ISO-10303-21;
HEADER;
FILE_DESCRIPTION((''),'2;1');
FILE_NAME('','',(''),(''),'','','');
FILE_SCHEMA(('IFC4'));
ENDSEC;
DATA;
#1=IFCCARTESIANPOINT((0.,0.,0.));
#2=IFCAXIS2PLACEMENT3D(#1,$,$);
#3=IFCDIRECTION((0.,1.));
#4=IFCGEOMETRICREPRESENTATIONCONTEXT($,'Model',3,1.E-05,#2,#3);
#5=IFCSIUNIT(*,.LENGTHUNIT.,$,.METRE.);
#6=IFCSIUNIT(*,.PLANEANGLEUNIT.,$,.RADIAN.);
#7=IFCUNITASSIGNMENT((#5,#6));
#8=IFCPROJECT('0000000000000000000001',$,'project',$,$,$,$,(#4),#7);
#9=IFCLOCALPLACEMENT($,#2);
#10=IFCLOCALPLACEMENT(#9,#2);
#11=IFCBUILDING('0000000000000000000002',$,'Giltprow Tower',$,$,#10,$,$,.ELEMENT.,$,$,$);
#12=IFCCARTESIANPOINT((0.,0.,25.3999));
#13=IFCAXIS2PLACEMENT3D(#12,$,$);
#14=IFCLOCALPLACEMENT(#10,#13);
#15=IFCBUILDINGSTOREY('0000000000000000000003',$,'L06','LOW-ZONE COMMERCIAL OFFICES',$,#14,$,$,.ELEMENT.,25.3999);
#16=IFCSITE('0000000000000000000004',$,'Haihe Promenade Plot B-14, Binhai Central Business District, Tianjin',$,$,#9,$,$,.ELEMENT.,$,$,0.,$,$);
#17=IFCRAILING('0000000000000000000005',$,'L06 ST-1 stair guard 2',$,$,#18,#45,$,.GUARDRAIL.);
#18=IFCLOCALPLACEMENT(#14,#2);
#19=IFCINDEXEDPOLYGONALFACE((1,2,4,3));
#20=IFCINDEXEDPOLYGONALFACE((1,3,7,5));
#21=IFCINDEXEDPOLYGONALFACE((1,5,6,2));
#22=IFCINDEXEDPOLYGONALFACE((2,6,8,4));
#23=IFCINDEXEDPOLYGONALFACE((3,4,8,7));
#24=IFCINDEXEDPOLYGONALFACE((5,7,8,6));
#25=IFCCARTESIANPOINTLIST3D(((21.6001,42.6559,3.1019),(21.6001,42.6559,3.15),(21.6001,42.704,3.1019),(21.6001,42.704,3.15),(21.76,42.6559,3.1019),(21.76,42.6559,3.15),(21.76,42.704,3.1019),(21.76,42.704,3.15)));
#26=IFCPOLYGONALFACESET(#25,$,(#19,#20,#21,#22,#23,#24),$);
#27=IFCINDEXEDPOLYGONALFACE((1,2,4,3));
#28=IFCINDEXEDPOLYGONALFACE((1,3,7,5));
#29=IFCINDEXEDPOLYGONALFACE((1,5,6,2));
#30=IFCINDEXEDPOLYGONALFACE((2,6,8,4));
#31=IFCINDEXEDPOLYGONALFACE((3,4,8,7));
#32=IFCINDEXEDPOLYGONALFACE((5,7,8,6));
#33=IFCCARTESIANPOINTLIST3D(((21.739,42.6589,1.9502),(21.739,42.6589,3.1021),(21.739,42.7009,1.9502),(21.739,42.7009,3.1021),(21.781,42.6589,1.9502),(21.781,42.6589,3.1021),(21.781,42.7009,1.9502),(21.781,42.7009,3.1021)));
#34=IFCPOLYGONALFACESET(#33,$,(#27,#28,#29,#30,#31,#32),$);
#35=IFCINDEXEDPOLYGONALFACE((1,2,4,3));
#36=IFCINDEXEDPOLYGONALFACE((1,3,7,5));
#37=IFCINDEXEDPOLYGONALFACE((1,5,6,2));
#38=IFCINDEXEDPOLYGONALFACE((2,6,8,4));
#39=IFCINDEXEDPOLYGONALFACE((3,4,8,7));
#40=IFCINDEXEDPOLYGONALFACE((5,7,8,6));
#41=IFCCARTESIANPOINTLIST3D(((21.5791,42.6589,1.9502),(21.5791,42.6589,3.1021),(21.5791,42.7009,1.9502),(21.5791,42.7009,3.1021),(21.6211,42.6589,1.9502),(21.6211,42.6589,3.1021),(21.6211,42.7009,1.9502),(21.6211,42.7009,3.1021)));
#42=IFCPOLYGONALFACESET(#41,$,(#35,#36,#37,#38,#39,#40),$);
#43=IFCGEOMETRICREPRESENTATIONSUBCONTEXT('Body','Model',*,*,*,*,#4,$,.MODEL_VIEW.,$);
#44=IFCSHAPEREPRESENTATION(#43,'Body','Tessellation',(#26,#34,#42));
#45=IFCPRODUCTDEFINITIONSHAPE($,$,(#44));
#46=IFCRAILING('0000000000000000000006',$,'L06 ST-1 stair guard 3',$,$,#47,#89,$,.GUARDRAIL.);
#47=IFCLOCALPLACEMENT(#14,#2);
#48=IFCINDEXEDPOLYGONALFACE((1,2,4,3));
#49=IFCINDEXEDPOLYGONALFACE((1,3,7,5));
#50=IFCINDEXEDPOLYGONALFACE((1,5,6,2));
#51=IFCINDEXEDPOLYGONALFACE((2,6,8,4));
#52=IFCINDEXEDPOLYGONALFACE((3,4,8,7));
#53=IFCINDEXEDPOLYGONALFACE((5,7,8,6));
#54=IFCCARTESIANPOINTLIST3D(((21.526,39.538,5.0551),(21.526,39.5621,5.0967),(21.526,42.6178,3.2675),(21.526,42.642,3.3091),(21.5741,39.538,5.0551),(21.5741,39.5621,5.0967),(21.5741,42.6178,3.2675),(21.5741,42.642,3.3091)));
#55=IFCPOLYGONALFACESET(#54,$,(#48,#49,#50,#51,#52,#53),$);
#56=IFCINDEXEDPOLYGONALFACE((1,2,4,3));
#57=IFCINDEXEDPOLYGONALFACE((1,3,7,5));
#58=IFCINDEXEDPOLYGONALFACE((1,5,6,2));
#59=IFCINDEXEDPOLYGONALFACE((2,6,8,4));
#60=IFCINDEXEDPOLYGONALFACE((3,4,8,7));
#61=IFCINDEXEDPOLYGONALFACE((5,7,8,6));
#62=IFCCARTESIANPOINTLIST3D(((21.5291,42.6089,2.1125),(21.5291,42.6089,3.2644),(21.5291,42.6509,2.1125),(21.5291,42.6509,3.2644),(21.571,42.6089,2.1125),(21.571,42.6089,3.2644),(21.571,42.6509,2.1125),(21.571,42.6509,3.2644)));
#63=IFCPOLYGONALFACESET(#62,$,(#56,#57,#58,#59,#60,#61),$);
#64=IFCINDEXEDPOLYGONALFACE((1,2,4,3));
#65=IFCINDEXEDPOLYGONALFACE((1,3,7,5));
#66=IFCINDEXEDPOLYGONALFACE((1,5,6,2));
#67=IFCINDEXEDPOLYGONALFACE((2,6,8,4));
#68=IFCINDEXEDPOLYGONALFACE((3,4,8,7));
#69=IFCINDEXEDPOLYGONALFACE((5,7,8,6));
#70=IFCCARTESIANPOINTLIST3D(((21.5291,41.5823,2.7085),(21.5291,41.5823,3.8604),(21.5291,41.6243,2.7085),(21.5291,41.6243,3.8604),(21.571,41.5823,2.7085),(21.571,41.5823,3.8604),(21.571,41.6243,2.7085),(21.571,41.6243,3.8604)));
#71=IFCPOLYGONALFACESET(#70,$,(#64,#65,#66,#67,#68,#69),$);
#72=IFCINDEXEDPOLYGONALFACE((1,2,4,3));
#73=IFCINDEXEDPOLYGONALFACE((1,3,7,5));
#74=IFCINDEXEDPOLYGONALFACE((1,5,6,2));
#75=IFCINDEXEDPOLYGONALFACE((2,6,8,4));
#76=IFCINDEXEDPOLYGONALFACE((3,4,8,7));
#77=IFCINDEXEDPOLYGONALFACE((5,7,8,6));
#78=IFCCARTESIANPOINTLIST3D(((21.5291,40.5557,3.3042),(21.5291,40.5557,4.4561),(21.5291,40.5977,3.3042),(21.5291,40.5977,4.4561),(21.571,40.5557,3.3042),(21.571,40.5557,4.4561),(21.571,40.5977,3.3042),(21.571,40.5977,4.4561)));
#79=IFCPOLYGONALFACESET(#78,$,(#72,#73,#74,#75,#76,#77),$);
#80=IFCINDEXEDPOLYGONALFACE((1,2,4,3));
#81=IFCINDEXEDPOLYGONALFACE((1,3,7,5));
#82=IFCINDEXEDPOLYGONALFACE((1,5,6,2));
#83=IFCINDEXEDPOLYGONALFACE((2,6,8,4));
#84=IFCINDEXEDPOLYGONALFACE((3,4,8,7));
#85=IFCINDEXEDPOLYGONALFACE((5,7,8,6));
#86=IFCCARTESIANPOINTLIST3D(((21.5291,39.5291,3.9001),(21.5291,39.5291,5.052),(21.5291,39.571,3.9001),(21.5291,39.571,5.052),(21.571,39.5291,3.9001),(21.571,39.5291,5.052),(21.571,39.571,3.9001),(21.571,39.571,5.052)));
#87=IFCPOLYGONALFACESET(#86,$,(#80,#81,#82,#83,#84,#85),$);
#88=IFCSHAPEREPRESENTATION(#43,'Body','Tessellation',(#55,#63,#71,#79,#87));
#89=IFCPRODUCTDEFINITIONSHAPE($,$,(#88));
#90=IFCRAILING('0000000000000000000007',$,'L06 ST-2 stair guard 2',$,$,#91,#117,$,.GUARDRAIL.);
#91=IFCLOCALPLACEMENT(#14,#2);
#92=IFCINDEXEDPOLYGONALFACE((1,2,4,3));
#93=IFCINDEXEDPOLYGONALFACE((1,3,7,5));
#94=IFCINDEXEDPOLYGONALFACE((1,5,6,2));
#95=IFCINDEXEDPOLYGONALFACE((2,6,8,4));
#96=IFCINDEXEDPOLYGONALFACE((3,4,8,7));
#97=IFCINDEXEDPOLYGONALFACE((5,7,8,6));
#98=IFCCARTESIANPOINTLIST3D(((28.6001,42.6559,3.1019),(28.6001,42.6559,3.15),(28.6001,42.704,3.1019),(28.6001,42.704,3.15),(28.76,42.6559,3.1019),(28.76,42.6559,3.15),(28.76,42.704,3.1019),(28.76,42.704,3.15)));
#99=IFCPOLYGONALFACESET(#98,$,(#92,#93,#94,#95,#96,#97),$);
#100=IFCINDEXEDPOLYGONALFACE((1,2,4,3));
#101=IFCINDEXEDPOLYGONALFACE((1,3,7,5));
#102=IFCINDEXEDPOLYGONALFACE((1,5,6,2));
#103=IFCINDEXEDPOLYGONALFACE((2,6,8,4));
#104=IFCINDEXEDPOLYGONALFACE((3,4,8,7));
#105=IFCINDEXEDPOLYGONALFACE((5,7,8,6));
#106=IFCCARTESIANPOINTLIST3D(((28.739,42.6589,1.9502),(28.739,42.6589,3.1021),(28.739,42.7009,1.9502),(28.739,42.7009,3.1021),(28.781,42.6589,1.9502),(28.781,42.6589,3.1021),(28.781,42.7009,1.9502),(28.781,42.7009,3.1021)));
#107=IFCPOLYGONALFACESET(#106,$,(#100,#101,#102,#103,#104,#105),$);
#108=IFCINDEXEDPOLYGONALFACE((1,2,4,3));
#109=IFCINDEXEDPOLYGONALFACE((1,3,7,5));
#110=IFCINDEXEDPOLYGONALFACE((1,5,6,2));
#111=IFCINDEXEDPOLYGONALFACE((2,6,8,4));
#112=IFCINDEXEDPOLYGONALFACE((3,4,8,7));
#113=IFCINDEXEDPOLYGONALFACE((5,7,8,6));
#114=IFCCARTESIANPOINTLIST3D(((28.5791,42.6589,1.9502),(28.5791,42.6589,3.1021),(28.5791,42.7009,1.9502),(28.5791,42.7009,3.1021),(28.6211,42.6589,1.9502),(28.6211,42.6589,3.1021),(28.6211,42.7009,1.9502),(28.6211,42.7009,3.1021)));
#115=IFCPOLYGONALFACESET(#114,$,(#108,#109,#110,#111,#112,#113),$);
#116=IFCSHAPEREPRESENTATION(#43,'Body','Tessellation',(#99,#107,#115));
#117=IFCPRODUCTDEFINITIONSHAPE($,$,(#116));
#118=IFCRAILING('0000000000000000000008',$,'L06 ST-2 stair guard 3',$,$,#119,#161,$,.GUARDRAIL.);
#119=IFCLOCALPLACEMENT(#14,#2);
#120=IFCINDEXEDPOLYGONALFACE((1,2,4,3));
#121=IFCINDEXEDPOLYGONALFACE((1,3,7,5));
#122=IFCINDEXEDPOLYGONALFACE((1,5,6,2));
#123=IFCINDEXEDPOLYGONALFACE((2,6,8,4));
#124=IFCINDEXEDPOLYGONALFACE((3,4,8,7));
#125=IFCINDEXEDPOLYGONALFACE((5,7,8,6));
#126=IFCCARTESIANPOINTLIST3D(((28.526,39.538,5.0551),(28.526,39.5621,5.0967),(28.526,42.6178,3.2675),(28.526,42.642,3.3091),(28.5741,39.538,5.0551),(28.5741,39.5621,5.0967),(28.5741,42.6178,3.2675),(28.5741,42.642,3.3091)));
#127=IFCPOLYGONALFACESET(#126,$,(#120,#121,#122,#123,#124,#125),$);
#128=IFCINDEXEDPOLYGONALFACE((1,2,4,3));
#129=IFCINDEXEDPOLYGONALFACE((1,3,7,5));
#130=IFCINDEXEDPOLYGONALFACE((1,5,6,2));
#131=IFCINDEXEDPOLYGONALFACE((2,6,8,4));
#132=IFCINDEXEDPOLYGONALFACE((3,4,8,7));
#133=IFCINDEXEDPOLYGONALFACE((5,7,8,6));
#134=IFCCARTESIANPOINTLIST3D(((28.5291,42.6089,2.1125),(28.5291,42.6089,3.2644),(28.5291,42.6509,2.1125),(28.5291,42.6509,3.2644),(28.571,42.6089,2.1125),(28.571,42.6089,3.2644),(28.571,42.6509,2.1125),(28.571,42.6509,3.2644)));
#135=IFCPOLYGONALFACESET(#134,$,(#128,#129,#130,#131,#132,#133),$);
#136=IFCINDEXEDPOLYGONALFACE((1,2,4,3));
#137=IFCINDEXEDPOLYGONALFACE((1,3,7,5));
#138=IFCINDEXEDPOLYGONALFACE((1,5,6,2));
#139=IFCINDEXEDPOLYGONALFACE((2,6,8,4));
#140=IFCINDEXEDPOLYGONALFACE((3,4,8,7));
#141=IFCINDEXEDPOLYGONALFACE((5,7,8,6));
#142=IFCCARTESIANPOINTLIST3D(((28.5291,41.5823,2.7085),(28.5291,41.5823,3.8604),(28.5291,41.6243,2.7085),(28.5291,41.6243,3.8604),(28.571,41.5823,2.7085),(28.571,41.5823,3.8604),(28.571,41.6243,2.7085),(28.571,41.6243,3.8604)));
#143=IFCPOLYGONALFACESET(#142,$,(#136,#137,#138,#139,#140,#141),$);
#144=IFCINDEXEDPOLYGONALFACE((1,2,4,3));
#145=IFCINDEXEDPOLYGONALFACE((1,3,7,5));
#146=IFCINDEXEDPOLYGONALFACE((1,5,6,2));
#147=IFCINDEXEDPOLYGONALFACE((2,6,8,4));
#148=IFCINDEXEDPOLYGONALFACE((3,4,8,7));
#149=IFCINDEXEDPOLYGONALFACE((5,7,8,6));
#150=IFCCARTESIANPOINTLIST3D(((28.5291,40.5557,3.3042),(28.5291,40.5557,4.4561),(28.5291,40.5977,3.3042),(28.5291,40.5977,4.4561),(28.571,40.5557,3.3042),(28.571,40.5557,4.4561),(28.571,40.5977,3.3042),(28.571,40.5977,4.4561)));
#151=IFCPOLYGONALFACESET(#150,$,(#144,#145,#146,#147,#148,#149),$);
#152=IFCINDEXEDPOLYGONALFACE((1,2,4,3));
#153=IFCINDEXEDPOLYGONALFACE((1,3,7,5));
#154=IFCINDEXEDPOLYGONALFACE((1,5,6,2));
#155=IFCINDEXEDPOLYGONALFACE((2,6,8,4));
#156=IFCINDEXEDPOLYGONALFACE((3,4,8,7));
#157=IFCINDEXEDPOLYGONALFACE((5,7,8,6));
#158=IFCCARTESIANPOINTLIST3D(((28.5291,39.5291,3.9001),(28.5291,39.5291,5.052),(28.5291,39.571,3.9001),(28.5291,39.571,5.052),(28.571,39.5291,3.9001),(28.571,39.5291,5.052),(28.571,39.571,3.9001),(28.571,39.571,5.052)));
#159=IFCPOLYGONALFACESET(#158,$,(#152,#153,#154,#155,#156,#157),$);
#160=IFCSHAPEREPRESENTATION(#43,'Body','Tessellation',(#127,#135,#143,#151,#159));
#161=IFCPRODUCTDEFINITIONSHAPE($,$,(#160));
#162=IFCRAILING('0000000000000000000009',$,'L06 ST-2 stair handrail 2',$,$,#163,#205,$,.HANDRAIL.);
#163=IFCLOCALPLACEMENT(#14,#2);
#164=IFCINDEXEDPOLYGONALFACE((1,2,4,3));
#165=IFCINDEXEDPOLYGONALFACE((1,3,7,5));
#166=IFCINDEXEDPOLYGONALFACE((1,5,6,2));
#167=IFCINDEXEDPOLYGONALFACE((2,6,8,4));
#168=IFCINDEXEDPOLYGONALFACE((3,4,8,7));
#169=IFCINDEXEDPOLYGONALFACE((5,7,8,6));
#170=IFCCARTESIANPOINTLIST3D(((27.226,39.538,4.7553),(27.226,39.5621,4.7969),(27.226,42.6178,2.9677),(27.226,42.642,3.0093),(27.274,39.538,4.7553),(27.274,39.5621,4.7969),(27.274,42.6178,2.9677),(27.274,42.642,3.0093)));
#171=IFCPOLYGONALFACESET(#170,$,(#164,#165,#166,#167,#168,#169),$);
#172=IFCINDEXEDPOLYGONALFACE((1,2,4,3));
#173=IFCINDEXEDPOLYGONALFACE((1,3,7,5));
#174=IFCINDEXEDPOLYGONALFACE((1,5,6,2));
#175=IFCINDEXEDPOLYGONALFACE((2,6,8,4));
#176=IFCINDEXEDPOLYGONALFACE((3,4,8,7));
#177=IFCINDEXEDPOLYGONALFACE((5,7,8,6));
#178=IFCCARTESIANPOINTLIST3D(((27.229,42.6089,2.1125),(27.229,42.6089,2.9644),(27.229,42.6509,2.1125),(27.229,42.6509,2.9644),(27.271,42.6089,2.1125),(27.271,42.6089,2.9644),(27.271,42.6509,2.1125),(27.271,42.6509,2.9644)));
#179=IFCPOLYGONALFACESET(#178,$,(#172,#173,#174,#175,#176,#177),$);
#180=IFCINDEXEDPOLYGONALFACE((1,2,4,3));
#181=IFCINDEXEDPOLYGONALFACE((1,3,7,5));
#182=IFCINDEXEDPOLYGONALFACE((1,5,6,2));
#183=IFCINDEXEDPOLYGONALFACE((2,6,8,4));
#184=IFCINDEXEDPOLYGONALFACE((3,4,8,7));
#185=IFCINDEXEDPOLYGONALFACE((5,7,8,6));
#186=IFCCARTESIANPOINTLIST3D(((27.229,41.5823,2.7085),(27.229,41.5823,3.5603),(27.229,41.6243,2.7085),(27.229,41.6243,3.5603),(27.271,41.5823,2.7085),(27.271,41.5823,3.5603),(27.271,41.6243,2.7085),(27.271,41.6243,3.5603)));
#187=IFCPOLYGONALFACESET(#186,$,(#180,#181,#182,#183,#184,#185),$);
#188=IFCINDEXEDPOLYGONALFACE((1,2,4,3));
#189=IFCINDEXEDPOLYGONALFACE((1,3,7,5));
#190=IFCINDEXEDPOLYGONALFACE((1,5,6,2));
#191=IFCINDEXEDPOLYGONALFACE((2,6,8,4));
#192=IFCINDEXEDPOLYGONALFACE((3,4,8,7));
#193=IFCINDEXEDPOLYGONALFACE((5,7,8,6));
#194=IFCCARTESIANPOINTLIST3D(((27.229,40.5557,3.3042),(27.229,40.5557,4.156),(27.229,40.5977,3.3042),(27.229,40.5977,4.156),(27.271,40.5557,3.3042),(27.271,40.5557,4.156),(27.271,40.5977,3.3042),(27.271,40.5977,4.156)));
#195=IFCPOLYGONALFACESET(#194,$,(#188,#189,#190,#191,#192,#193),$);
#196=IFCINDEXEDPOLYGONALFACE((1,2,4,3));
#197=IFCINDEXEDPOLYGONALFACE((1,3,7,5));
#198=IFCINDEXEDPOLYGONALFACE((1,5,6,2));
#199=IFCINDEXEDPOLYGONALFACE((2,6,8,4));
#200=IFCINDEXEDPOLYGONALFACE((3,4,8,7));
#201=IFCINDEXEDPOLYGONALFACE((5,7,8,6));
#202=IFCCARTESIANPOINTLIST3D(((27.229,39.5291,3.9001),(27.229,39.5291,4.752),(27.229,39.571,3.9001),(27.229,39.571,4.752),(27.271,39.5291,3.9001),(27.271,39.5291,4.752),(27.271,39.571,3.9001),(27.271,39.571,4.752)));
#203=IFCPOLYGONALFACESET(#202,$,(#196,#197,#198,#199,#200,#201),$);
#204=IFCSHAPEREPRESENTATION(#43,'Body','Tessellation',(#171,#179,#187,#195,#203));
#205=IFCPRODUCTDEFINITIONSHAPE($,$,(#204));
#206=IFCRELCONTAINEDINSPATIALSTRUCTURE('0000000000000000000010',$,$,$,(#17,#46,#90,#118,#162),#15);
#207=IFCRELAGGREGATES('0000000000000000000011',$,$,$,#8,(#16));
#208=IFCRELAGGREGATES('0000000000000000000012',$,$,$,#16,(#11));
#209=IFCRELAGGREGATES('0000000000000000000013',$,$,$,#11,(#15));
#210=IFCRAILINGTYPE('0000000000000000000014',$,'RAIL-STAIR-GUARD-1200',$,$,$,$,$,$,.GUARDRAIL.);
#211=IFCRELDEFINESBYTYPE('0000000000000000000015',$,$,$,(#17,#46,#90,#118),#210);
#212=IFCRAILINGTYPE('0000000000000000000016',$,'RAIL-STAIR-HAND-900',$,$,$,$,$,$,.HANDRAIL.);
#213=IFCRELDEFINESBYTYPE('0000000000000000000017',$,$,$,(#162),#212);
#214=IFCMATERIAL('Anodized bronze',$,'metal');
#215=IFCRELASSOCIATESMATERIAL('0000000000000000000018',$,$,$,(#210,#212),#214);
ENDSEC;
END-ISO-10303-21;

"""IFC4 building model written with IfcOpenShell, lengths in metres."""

from ifc_helpers import new_model, si_unit, direction, frame, origin, origin_2d, place, context, subcontext, project, spatial, rectangle, extrude, material, type_object, element, save


model = new_model("IFC4")

# Units and contexts
model_context = context("Model", 3, precision=1e-05, world=origin(), true_north=direction((0.0, 1.0)))
body_context = subcontext(model_context, "Body", "Model", "MODEL_VIEW")
ifc_project = project(units=[si_unit("LENGTHUNIT", "METRE"), si_unit("PLANEANGLEUNIT", "RADIAN")], contexts=[model_context])

# Site, building, storey
site_placement = place(None, origin())
site = spatial("IfcSite", under=ifc_project, at=site_placement, Name="Haihe Promenade Plot B-14, Binhai Central Business District, Tianjin", CompositionType="ELEMENT", RefElevation=0.0)
building_placement = place(site_placement, origin())
building = spatial("IfcBuilding", under=site, at=building_placement, Name="Giltprow Tower", CompositionType="ELEMENT")
storey_placement = place(building_placement, frame((0.0, 0.0, 25.3999)))
storey = spatial("IfcBuildingStorey", under=building, at=storey_placement, Name="L06", Description="LOW-ZONE COMMERCIAL OFFICES", CompositionType="ELEMENT", Elevation=25.3999)

# Railings
ifc_material_1 = material(Name="Anodized bronze", Category="metal")
railing_type_1 = type_object("IfcRailingType", Name="RAIL-STAIR-GUARD-1200", PredefinedType="GUARDRAIL", material=ifc_material_1)
railing_1_placement = place(storey_placement, frame((21.76, 42.6799, 1.9502)))
element("IfcRailing", 1, at=railing_1_placement, inside=storey, type_object=railing_type_1, Name="L06 ST-1 stair guard 2", PredefinedType="GUARDRAIL", context=body_context, shape_type="SweptSolid", body=[
    extrude(rectangle(XDim=0.0481, YDim=0.0481, at=origin_2d()), frame((0.0, 0.0, 1.1758), z_axis=(-1.0, 0.0, 0.0), x_axis=(0.0, -1.0, 0.0)), (0.0, 0.0, 1.0), 0.1599),
    extrude(rectangle(XDim=0.042, YDim=0.042, at=origin_2d()), origin(), (0.0, 0.0, 1.0), 1.1519),
    extrude(rectangle(XDim=0.042, YDim=0.042, at=origin_2d()), frame((-0.1599, 0.0, 0.0)), (0.0, 0.0, 1.0), 1.1519),
])
railing_2_placement = place(storey_placement, frame((21.55, 42.6299, 2.1125)))
element("IfcRailing", 2, at=railing_2_placement, inside=storey, type_object=railing_type_1, Name="L06 ST-1 stair guard 3", PredefinedType="GUARDRAIL", context=body_context, shape_type="SweptSolid", body=[
    extrude(rectangle(XDim=0.0481, YDim=0.0481, at=origin_2d()), frame((0.0, 0.0, 1.1758), z_axis=(0.0, -0.864873, 0.50199), x_axis=(1.0, 0.0, 0.0)), (0.0, 0.0, 1.0), 3.561),
    extrude(rectangle(XDim=0.042, YDim=0.042, at=origin_2d()), origin(), (0.0, 0.0, 1.0), 1.1519),
    extrude(rectangle(XDim=0.042, YDim=0.042, at=origin_2d()), frame((0.0, -1.0266, 0.5959)), (0.0, 0.0, 1.0), 1.1519),
    extrude(rectangle(XDim=0.042, YDim=0.042, at=origin_2d()), frame((0.0, -2.0532, 1.1917)), (0.0, 0.0, 1.0), 1.1519),
    extrude(rectangle(XDim=0.042, YDim=0.042, at=origin_2d()), frame((0.0, -3.0798, 1.7876)), (0.0, 0.0, 1.0), 1.1519),
])
railing_3_placement = place(storey_placement, frame((28.76, 42.6799, 1.9502)))
element("IfcRailing", 3, at=railing_3_placement, inside=storey, type_object=railing_type_1, Name="L06 ST-2 stair guard 2", PredefinedType="GUARDRAIL", context=body_context, shape_type="SweptSolid", body=[
    extrude(rectangle(XDim=0.0481, YDim=0.0481, at=origin_2d()), frame((0.0, 0.0, 1.1758), z_axis=(-1.0, 0.0, 0.0), x_axis=(0.0, -1.0, 0.0)), (0.0, 0.0, 1.0), 0.1599),
    extrude(rectangle(XDim=0.042, YDim=0.042, at=origin_2d()), origin(), (0.0, 0.0, 1.0), 1.1519),
    extrude(rectangle(XDim=0.042, YDim=0.042, at=origin_2d()), frame((-0.1599, 0.0, 0.0)), (0.0, 0.0, 1.0), 1.1519),
])
railing_4_placement = place(storey_placement, frame((28.55, 42.6299, 2.1125)))
element("IfcRailing", 4, at=railing_4_placement, inside=storey, type_object=railing_type_1, Name="L06 ST-2 stair guard 3", PredefinedType="GUARDRAIL", context=body_context, shape_type="SweptSolid", body=[
    extrude(rectangle(XDim=0.0481, YDim=0.0481, at=origin_2d()), frame((0.0, 0.0, 1.1758), z_axis=(0.0, -0.864873, 0.50199), x_axis=(1.0, 0.0, 0.0)), (0.0, 0.0, 1.0), 3.561),
    extrude(rectangle(XDim=0.042, YDim=0.042, at=origin_2d()), origin(), (0.0, 0.0, 1.0), 1.1519),
    extrude(rectangle(XDim=0.042, YDim=0.042, at=origin_2d()), frame((0.0, -1.0266, 0.5959)), (0.0, 0.0, 1.0), 1.1519),
    extrude(rectangle(XDim=0.042, YDim=0.042, at=origin_2d()), frame((0.0, -2.0532, 1.1917)), (0.0, 0.0, 1.0), 1.1519),
    extrude(rectangle(XDim=0.042, YDim=0.042, at=origin_2d()), frame((0.0, -3.0798, 1.7876)), (0.0, 0.0, 1.0), 1.1519),
])
railing_type_2 = type_object("IfcRailingType", Name="RAIL-STAIR-HAND-900", PredefinedType="HANDRAIL", material=ifc_material_1)
railing_5_placement = place(storey_placement, frame((27.25, 42.6299, 2.1125)))
element("IfcRailing", 5, at=railing_5_placement, inside=storey, type_object=railing_type_2, Name="L06 ST-2 stair handrail 2", PredefinedType="HANDRAIL", context=body_context, shape_type="SweptSolid", body=[
    extrude(rectangle(XDim=0.0481, YDim=0.0481, at=origin_2d()), frame((0.0, 0.0, 0.876), z_axis=(0.0, -0.864873, 0.50199), x_axis=(1.0, 0.0, 0.0)), (0.0, 0.0, 1.0), 3.561),
    extrude(rectangle(XDim=0.042, YDim=0.042, at=origin_2d()), origin(), (0.0, 0.0, 1.0), 0.8518),
    extrude(rectangle(XDim=0.042, YDim=0.042, at=origin_2d()), frame((0.0, -1.0266, 0.5959)), (0.0, 0.0, 1.0), 0.8518),
    extrude(rectangle(XDim=0.042, YDim=0.042, at=origin_2d()), frame((0.0, -2.0532, 1.1917)), (0.0, 0.0, 1.0), 0.8518),
    extrude(rectangle(XDim=0.042, YDim=0.042, at=origin_2d()), frame((0.0, -3.0798, 1.7876)), (0.0, 0.0, 1.0), 0.8518),
])

save(model, "model.ifc")
